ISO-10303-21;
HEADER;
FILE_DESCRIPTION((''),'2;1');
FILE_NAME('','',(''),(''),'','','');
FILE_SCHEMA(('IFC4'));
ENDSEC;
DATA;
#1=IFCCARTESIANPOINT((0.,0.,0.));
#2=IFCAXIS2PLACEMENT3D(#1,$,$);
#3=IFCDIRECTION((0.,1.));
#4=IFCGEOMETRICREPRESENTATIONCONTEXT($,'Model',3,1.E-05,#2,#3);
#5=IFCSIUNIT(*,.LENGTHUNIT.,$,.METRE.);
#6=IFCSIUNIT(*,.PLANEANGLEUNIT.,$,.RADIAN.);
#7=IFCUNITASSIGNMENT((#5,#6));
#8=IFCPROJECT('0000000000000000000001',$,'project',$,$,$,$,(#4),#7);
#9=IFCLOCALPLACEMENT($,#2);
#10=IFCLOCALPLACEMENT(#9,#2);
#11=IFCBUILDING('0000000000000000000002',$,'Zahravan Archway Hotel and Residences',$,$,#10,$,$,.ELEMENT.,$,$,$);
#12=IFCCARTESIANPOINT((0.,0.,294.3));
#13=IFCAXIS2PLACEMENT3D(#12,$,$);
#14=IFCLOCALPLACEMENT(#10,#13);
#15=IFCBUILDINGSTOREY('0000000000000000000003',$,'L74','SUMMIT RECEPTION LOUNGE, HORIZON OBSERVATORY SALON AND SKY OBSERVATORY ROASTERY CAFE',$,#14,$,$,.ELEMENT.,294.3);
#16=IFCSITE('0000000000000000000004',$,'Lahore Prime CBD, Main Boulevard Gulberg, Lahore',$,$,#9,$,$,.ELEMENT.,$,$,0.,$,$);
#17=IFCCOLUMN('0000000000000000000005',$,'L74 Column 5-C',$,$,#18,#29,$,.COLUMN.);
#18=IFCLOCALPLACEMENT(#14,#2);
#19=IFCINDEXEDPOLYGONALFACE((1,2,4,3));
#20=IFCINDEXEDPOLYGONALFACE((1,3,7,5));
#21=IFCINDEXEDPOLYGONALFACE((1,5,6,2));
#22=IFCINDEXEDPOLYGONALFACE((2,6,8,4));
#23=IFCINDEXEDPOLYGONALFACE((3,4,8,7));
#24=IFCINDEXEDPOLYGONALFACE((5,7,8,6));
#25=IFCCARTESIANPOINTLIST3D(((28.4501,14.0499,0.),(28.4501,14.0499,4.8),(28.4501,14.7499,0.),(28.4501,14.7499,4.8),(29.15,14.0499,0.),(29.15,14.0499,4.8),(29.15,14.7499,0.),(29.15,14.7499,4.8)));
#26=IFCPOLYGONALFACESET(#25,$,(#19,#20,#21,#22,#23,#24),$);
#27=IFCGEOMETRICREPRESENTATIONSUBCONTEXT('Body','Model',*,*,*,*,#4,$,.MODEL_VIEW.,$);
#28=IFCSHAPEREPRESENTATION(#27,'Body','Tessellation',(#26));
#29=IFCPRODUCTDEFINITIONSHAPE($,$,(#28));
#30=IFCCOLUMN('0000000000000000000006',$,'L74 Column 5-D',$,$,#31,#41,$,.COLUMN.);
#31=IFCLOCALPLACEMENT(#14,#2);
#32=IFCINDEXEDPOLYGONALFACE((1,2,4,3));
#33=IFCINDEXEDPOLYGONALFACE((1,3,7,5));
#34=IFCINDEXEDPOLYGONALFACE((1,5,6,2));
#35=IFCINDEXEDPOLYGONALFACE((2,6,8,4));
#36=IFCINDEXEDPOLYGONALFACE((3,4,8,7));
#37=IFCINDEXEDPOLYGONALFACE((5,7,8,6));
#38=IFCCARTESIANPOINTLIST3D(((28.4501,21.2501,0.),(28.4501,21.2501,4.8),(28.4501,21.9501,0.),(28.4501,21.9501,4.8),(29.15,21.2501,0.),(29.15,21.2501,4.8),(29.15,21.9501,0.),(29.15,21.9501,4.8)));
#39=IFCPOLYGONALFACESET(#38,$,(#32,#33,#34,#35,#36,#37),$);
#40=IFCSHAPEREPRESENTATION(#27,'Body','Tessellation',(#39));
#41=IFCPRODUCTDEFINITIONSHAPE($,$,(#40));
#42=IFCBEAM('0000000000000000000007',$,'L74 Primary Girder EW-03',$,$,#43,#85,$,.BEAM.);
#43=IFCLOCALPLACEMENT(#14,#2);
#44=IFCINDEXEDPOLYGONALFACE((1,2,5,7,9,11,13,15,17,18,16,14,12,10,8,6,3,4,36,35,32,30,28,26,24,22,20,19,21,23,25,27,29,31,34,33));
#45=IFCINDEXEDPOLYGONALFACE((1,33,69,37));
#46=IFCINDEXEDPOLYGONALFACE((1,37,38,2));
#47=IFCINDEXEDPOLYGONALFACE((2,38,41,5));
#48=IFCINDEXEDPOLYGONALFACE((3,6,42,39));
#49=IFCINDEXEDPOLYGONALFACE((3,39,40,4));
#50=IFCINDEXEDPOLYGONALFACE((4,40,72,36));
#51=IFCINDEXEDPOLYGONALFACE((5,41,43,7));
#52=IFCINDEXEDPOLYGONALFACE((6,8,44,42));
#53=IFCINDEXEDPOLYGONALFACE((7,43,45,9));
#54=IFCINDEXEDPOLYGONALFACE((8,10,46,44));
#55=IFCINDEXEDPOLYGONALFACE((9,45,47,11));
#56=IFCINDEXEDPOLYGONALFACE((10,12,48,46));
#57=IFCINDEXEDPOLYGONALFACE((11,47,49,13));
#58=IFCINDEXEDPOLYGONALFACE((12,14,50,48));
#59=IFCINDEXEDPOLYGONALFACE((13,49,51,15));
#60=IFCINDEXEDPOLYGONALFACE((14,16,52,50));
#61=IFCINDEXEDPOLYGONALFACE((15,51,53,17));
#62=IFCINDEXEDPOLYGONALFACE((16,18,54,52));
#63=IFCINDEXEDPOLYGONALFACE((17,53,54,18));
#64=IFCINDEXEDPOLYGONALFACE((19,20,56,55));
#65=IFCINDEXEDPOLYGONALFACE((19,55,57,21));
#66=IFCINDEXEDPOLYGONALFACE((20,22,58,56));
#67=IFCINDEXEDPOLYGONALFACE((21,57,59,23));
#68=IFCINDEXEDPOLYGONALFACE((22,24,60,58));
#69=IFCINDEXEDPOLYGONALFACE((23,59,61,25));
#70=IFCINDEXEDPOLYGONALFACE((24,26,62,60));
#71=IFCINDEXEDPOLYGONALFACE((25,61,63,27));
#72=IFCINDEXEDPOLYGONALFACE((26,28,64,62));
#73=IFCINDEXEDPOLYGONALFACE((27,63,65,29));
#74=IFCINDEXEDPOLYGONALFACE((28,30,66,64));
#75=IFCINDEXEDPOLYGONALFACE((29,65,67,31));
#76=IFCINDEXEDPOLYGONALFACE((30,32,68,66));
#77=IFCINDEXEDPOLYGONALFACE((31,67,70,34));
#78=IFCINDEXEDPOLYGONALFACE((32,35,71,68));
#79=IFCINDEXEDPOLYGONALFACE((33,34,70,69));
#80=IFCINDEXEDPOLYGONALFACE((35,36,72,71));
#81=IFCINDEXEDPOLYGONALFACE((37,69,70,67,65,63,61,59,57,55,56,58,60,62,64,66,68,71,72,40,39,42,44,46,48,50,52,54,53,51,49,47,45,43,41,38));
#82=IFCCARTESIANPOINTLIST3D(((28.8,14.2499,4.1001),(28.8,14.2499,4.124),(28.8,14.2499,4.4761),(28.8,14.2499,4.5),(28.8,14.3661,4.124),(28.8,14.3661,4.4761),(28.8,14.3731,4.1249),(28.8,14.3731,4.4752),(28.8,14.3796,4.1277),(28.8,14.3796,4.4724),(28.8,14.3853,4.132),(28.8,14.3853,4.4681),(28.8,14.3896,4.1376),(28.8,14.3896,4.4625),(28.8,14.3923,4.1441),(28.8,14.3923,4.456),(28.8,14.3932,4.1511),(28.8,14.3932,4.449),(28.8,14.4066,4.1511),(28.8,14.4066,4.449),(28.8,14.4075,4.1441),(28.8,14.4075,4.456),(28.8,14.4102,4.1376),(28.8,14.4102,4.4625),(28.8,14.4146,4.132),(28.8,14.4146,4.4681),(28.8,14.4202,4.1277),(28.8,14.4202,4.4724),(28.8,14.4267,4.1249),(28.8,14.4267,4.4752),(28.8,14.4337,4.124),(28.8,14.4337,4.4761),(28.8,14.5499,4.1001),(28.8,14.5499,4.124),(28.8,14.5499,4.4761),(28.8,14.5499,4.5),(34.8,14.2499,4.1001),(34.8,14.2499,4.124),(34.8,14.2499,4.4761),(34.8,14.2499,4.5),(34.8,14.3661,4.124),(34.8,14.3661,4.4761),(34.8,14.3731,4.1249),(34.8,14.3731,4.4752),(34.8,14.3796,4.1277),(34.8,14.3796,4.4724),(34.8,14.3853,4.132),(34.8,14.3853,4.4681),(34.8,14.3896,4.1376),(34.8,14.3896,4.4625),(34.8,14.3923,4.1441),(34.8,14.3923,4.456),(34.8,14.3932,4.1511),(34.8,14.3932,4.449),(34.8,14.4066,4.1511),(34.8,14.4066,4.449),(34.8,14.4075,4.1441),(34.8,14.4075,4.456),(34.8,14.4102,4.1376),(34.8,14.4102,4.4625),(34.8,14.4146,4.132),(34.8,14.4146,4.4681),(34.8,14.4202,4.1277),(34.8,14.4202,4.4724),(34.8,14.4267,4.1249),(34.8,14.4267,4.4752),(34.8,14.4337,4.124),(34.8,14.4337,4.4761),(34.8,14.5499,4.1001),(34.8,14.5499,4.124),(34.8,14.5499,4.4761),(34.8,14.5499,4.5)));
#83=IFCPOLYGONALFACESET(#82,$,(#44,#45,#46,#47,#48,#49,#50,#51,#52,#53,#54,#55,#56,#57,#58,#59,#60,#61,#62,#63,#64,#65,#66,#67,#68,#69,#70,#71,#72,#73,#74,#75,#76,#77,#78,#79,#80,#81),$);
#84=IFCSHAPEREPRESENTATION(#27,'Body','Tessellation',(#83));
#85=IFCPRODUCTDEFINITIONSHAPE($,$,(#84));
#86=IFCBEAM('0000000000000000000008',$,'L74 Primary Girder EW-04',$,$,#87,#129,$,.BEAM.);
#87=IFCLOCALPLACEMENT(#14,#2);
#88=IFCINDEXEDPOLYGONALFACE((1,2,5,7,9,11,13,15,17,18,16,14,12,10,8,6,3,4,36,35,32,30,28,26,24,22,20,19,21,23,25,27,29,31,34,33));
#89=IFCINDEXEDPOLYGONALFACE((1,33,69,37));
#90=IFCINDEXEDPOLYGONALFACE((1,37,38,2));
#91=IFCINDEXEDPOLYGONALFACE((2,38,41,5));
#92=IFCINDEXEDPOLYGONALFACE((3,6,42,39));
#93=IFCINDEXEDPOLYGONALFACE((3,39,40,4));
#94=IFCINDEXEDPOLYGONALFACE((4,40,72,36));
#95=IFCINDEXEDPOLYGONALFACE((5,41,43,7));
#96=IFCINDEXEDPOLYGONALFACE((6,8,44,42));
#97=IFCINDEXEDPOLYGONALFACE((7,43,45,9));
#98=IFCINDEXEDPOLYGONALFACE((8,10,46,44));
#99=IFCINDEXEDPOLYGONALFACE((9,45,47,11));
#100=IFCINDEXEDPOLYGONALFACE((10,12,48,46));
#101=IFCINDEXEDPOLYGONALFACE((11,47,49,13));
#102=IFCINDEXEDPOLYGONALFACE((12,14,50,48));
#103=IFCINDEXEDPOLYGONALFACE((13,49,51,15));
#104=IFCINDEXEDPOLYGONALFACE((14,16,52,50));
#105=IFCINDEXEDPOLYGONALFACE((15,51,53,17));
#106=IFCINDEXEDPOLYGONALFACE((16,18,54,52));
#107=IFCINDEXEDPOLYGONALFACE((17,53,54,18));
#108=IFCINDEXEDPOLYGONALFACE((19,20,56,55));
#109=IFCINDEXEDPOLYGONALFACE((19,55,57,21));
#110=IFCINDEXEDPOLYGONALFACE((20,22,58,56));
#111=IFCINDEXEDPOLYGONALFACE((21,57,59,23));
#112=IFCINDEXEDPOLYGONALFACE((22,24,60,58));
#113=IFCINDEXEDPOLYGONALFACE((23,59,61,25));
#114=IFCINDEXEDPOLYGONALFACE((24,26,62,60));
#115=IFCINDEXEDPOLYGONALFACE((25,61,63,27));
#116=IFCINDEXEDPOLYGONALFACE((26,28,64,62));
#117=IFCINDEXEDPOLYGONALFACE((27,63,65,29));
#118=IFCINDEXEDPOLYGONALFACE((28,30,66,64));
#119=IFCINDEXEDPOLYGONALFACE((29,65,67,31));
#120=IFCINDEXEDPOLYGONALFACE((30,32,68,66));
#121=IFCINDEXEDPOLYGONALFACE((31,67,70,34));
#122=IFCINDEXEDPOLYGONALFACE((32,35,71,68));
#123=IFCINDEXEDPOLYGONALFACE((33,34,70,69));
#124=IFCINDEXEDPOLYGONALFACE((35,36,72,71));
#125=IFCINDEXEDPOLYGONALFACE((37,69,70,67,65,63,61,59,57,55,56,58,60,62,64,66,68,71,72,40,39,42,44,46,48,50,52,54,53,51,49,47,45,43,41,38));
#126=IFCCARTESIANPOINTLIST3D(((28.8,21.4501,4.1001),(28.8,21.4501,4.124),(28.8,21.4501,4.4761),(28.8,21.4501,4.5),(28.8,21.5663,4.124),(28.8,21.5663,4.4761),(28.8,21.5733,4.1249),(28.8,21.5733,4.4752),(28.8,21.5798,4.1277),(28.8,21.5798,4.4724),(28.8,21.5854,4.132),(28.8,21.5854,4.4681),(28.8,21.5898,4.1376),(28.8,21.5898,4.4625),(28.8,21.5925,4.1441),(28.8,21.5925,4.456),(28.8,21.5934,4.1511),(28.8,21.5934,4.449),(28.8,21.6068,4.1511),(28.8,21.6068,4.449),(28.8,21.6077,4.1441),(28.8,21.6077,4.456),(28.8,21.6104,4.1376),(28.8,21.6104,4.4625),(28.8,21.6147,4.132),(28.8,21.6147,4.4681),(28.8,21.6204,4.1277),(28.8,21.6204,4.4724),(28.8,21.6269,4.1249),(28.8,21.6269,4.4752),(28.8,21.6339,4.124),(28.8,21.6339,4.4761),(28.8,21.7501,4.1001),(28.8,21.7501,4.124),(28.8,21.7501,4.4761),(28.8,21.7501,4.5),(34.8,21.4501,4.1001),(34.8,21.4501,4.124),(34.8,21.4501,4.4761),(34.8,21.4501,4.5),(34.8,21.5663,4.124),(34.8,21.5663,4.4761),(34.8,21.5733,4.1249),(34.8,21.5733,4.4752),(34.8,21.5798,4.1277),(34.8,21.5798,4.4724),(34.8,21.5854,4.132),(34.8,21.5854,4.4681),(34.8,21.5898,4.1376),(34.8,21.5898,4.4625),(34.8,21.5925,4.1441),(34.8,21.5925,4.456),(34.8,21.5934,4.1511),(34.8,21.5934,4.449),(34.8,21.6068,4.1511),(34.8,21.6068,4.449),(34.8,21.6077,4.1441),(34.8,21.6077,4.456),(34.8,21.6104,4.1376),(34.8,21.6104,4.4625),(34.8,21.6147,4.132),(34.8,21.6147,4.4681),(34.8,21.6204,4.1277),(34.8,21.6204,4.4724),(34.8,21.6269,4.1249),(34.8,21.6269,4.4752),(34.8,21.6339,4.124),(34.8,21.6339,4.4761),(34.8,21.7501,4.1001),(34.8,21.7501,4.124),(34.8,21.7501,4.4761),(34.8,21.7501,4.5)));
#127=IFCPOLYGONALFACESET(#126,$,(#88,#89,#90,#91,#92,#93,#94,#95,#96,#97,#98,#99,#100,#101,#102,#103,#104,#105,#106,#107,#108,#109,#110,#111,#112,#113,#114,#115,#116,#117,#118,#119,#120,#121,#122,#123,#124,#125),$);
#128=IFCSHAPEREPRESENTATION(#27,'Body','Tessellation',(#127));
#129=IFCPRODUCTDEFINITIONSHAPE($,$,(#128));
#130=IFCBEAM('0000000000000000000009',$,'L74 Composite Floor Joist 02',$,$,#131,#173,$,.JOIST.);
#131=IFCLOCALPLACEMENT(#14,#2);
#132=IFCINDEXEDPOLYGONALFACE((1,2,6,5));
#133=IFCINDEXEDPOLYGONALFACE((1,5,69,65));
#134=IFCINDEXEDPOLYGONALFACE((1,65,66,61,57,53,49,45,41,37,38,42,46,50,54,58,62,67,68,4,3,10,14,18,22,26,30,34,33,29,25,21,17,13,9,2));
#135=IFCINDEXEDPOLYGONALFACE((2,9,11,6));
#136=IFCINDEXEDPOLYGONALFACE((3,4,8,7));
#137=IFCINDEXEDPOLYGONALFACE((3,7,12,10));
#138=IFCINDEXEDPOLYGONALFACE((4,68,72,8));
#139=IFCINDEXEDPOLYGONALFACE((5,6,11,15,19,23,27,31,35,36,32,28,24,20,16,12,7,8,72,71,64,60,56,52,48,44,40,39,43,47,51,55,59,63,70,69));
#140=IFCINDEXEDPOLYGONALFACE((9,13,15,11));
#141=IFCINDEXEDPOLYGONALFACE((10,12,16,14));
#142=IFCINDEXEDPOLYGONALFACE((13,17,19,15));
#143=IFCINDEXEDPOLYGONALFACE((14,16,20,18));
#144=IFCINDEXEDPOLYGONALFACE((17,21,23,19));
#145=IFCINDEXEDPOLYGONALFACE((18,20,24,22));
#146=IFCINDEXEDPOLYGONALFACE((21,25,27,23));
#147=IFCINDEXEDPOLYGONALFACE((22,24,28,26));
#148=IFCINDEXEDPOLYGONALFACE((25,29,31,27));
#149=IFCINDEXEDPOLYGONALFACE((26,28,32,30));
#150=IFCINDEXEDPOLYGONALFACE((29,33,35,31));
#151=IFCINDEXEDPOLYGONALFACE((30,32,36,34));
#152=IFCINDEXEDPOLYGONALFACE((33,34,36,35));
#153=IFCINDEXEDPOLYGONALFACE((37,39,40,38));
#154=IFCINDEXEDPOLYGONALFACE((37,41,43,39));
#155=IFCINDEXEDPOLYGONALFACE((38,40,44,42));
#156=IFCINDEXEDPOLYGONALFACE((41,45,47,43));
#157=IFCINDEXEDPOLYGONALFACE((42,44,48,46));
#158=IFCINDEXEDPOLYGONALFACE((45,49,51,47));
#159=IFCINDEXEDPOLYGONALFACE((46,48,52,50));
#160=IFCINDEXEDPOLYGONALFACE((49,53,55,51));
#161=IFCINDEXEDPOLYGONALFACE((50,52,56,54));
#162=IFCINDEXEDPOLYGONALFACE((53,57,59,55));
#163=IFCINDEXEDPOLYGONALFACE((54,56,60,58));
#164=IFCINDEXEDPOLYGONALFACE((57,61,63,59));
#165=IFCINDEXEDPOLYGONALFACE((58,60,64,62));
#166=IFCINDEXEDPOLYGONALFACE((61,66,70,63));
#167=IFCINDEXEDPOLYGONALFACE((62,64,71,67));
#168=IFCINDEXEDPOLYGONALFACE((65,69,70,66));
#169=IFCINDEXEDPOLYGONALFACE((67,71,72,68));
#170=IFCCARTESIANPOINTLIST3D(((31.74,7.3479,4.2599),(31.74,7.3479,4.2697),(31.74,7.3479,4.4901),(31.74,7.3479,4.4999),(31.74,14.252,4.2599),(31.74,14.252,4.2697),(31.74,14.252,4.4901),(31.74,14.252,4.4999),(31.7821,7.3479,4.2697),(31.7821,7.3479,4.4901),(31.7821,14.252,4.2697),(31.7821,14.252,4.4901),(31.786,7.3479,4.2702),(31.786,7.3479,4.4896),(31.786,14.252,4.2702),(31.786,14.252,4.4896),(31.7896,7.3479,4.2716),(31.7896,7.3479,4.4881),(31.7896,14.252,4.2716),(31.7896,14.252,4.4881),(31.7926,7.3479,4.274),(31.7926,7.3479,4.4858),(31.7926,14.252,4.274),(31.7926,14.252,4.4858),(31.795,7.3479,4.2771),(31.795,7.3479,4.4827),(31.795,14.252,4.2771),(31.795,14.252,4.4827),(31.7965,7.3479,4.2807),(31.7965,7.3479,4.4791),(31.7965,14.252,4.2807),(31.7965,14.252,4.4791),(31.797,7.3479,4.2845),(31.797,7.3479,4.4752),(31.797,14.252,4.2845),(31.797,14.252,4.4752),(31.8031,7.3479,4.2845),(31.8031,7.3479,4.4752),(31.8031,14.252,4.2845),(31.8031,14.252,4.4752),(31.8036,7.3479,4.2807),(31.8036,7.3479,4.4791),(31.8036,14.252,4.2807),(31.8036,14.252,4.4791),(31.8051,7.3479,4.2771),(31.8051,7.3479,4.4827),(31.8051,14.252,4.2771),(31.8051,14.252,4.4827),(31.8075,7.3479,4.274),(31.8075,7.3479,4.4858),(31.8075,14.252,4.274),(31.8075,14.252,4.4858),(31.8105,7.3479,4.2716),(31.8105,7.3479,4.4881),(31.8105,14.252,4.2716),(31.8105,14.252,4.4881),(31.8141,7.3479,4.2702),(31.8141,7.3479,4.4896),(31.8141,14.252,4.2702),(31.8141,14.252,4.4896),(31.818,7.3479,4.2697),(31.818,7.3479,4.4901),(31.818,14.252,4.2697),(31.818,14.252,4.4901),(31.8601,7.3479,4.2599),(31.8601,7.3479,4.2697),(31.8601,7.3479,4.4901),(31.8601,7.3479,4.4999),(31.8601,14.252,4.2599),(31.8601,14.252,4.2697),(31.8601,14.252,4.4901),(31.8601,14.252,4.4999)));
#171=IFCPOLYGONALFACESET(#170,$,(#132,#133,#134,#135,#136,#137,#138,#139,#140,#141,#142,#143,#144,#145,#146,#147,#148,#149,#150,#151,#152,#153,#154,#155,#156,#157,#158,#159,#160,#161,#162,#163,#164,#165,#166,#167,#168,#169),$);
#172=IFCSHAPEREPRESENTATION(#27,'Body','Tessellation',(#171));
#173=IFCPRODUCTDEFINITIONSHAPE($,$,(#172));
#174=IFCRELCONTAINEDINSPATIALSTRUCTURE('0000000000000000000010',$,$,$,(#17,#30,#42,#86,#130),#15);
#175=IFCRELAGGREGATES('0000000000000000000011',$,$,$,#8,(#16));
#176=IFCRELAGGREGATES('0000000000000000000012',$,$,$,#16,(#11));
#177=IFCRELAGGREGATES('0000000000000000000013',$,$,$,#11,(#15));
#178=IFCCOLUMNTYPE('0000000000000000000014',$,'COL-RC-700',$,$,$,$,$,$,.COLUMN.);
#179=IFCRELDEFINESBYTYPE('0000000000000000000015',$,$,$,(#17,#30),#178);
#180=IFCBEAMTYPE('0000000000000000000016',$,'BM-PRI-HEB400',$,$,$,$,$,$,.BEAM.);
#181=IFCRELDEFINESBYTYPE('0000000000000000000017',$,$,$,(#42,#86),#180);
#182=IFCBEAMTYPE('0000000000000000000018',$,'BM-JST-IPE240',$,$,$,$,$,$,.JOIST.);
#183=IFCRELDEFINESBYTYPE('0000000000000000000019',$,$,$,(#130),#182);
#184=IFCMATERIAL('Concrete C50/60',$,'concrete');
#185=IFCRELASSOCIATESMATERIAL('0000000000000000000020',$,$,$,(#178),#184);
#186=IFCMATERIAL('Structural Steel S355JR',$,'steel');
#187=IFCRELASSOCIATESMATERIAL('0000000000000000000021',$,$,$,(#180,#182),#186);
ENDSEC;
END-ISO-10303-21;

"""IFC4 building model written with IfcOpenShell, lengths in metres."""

from ifc_helpers import new_model, si_unit, direction, frame, origin, origin_2d, place, context, subcontext, project, spatial, rectangle, i_section, extrude, source, transform, mapped, material, material_profile, profile_set, type_object, type_shapes, element, save


model = new_model("IFC4")

# Units and contexts
model_context = context("Model", 3, precision=1e-05, world=origin(), true_north=direction((0.0, 1.0)))
body_context = subcontext(model_context, "Body", "Model", "MODEL_VIEW")
ifc_project = project(units=[si_unit("LENGTHUNIT", "METRE"), si_unit("PLANEANGLEUNIT", "RADIAN")], contexts=[model_context])

# Site, building, storey
site_placement = place(None, origin())
site = spatial("IfcSite", under=ifc_project, at=site_placement, Name="Lahore Prime CBD, Main Boulevard Gulberg, Lahore", CompositionType="ELEMENT", RefElevation=0.0)
building_placement = place(site_placement, origin())
building = spatial("IfcBuilding", under=site, at=building_placement, Name="Zahravan Archway Hotel and Residences", CompositionType="ELEMENT")
storey_placement = place(building_placement, frame((0.0, 0.0, 294.3)))
storey = spatial("IfcBuildingStorey", under=building, at=storey_placement, Name="L74", Description="SUMMIT RECEPTION LOUNGE, HORIZON OBSERVATORY SALON AND SKY OBSERVATORY ROASTERY CAFE", CompositionType="ELEMENT", Elevation=294.3)

# Columns
ifc_material_1 = material(Name="Concrete C50/60", Category="concrete")
ifc_material_profile_1 = material_profile(ifc_material_1, rectangle(XDim=0.7, YDim=0.7, at=origin_2d()), Name="RC-COL-700x700", Category="concrete")
ifc_profile_set_1 = profile_set([ifc_material_profile_1], Name="Concrete C50/60")
column_type = type_object("IfcColumnType", Name="COL-RC-700", PredefinedType="COLUMN", material=ifc_profile_set_1)
shared_shape_1 = source(origin(), body_context, "Body", "SweptSolid", [
    extrude(rectangle(XDim=0.7, YDim=0.7, at=origin_2d()), origin(), (0.0, 0.0, 1.0), 4.8),
])
for number, where, z_axis, x_axis, name in (
    (1, (28.8, 14.3999, 0.0), (0.0, 0.0, 1.0), (1.0, 0.0, 0.0), "L74 Column 5-C"),
    (2, (28.8, 21.6001, 0.0), (0.0, 0.0, 1.0), (1.0, 0.0, 0.0), "L74 Column 5-D"),
):
    element("IfcColumn", number, at=place(storey_placement, frame(where, z_axis=z_axis, x_axis=x_axis)), inside=storey, type_object=column_type, Name=name, PredefinedType="COLUMN", context=body_context, shape_type="MappedRepresentation", body=[
        mapped(shared_shape_1, transform((0.0, 0.0, 0.0), scale=1.0)),
    ])

# Beams
ifc_material_2 = material(Name="Structural Steel S355JR", Category="steel")
ifc_material_profile_2 = material_profile(ifc_material_2, i_section(OverallWidth=0.3, OverallDepth=0.3999, WebThickness=0.0134, FlangeThickness=0.0239, FilletRadius=0.0271, at=origin_2d()), Name="HEB 400", Category="steel")
ifc_profile_set_2 = profile_set([ifc_material_profile_2], Name="Structural Steel S355JR")
beam_type_1 = type_object("IfcBeamType", Name="BM-PRI-HEB400", PredefinedType="BEAM", material=ifc_profile_set_2)
shared_shape_2 = source(origin(), body_context, "Body", "SweptSolid", [
    extrude(i_section(OverallWidth=0.3, OverallDepth=0.3999, WebThickness=0.0134, FlangeThickness=0.0239, FilletRadius=0.0271, at=origin_2d()), origin(), (0.0, 0.0, 1.0), 6.0),
])
for number, where, z_axis, x_axis, name in (
    (3, (28.8, 14.3999, 4.3), (1.0, 0.0, 0.0), (0.0, 1.0, 0.0), "L74 Primary Girder EW-03"),
    (4, (28.8, 21.6001, 4.3), (1.0, 0.0, 0.0), (0.0, 1.0, 0.0), "L74 Primary Girder EW-04"),
):
    element("IfcBeam", number, at=place(storey_placement, frame(where, z_axis=z_axis, x_axis=x_axis)), inside=storey, type_object=beam_type_1, Name=name, PredefinedType="BEAM", context=body_context, shape_type="MappedRepresentation", body=[
        mapped(shared_shape_2, transform((0.0, 0.0, 0.0), scale=1.0)),
    ])
ifc_material_profile_3 = material_profile(ifc_material_2, i_section(OverallWidth=0.1201, OverallDepth=0.24, WebThickness=0.0061, FlangeThickness=0.0098, FilletRadius=0.0149, at=origin_2d()), Name="IPE 240", Category="steel")
ifc_profile_set_3 = profile_set([ifc_material_profile_3], Name="Structural Steel S355JR")
beam_type_2 = type_object("IfcBeamType", Name="BM-JST-IPE240", PredefinedType="JOIST", material=ifc_profile_set_3)
shared_shape_3 = source(origin(), body_context, "Body", "SweptSolid", [
    extrude(i_section(OverallWidth=0.1201, OverallDepth=0.24, WebThickness=0.0061, FlangeThickness=0.0098, FilletRadius=0.0149, at=origin_2d()), origin(), (0.0, 0.0, 1.0), 6.9041),
])
type_shapes(beam_type_2, [shared_shape_3])
beam_1_placement = place(storey_placement, frame((31.8, 7.3479, 4.3799), z_axis=(0.0, 1.0, 0.0), x_axis=(-1.0, 0.0, 0.0)))
element("IfcBeam", 5, at=beam_1_placement, inside=storey, type_object=beam_type_2, Name="L74 Composite Floor Joist 02", PredefinedType="JOIST", context=body_context, shape_type="MappedRepresentation", body=[
    mapped(shared_shape_3, transform((0.0, 0.0, 0.0), scale=1.0)),
])

save(model, "model.ifc")
